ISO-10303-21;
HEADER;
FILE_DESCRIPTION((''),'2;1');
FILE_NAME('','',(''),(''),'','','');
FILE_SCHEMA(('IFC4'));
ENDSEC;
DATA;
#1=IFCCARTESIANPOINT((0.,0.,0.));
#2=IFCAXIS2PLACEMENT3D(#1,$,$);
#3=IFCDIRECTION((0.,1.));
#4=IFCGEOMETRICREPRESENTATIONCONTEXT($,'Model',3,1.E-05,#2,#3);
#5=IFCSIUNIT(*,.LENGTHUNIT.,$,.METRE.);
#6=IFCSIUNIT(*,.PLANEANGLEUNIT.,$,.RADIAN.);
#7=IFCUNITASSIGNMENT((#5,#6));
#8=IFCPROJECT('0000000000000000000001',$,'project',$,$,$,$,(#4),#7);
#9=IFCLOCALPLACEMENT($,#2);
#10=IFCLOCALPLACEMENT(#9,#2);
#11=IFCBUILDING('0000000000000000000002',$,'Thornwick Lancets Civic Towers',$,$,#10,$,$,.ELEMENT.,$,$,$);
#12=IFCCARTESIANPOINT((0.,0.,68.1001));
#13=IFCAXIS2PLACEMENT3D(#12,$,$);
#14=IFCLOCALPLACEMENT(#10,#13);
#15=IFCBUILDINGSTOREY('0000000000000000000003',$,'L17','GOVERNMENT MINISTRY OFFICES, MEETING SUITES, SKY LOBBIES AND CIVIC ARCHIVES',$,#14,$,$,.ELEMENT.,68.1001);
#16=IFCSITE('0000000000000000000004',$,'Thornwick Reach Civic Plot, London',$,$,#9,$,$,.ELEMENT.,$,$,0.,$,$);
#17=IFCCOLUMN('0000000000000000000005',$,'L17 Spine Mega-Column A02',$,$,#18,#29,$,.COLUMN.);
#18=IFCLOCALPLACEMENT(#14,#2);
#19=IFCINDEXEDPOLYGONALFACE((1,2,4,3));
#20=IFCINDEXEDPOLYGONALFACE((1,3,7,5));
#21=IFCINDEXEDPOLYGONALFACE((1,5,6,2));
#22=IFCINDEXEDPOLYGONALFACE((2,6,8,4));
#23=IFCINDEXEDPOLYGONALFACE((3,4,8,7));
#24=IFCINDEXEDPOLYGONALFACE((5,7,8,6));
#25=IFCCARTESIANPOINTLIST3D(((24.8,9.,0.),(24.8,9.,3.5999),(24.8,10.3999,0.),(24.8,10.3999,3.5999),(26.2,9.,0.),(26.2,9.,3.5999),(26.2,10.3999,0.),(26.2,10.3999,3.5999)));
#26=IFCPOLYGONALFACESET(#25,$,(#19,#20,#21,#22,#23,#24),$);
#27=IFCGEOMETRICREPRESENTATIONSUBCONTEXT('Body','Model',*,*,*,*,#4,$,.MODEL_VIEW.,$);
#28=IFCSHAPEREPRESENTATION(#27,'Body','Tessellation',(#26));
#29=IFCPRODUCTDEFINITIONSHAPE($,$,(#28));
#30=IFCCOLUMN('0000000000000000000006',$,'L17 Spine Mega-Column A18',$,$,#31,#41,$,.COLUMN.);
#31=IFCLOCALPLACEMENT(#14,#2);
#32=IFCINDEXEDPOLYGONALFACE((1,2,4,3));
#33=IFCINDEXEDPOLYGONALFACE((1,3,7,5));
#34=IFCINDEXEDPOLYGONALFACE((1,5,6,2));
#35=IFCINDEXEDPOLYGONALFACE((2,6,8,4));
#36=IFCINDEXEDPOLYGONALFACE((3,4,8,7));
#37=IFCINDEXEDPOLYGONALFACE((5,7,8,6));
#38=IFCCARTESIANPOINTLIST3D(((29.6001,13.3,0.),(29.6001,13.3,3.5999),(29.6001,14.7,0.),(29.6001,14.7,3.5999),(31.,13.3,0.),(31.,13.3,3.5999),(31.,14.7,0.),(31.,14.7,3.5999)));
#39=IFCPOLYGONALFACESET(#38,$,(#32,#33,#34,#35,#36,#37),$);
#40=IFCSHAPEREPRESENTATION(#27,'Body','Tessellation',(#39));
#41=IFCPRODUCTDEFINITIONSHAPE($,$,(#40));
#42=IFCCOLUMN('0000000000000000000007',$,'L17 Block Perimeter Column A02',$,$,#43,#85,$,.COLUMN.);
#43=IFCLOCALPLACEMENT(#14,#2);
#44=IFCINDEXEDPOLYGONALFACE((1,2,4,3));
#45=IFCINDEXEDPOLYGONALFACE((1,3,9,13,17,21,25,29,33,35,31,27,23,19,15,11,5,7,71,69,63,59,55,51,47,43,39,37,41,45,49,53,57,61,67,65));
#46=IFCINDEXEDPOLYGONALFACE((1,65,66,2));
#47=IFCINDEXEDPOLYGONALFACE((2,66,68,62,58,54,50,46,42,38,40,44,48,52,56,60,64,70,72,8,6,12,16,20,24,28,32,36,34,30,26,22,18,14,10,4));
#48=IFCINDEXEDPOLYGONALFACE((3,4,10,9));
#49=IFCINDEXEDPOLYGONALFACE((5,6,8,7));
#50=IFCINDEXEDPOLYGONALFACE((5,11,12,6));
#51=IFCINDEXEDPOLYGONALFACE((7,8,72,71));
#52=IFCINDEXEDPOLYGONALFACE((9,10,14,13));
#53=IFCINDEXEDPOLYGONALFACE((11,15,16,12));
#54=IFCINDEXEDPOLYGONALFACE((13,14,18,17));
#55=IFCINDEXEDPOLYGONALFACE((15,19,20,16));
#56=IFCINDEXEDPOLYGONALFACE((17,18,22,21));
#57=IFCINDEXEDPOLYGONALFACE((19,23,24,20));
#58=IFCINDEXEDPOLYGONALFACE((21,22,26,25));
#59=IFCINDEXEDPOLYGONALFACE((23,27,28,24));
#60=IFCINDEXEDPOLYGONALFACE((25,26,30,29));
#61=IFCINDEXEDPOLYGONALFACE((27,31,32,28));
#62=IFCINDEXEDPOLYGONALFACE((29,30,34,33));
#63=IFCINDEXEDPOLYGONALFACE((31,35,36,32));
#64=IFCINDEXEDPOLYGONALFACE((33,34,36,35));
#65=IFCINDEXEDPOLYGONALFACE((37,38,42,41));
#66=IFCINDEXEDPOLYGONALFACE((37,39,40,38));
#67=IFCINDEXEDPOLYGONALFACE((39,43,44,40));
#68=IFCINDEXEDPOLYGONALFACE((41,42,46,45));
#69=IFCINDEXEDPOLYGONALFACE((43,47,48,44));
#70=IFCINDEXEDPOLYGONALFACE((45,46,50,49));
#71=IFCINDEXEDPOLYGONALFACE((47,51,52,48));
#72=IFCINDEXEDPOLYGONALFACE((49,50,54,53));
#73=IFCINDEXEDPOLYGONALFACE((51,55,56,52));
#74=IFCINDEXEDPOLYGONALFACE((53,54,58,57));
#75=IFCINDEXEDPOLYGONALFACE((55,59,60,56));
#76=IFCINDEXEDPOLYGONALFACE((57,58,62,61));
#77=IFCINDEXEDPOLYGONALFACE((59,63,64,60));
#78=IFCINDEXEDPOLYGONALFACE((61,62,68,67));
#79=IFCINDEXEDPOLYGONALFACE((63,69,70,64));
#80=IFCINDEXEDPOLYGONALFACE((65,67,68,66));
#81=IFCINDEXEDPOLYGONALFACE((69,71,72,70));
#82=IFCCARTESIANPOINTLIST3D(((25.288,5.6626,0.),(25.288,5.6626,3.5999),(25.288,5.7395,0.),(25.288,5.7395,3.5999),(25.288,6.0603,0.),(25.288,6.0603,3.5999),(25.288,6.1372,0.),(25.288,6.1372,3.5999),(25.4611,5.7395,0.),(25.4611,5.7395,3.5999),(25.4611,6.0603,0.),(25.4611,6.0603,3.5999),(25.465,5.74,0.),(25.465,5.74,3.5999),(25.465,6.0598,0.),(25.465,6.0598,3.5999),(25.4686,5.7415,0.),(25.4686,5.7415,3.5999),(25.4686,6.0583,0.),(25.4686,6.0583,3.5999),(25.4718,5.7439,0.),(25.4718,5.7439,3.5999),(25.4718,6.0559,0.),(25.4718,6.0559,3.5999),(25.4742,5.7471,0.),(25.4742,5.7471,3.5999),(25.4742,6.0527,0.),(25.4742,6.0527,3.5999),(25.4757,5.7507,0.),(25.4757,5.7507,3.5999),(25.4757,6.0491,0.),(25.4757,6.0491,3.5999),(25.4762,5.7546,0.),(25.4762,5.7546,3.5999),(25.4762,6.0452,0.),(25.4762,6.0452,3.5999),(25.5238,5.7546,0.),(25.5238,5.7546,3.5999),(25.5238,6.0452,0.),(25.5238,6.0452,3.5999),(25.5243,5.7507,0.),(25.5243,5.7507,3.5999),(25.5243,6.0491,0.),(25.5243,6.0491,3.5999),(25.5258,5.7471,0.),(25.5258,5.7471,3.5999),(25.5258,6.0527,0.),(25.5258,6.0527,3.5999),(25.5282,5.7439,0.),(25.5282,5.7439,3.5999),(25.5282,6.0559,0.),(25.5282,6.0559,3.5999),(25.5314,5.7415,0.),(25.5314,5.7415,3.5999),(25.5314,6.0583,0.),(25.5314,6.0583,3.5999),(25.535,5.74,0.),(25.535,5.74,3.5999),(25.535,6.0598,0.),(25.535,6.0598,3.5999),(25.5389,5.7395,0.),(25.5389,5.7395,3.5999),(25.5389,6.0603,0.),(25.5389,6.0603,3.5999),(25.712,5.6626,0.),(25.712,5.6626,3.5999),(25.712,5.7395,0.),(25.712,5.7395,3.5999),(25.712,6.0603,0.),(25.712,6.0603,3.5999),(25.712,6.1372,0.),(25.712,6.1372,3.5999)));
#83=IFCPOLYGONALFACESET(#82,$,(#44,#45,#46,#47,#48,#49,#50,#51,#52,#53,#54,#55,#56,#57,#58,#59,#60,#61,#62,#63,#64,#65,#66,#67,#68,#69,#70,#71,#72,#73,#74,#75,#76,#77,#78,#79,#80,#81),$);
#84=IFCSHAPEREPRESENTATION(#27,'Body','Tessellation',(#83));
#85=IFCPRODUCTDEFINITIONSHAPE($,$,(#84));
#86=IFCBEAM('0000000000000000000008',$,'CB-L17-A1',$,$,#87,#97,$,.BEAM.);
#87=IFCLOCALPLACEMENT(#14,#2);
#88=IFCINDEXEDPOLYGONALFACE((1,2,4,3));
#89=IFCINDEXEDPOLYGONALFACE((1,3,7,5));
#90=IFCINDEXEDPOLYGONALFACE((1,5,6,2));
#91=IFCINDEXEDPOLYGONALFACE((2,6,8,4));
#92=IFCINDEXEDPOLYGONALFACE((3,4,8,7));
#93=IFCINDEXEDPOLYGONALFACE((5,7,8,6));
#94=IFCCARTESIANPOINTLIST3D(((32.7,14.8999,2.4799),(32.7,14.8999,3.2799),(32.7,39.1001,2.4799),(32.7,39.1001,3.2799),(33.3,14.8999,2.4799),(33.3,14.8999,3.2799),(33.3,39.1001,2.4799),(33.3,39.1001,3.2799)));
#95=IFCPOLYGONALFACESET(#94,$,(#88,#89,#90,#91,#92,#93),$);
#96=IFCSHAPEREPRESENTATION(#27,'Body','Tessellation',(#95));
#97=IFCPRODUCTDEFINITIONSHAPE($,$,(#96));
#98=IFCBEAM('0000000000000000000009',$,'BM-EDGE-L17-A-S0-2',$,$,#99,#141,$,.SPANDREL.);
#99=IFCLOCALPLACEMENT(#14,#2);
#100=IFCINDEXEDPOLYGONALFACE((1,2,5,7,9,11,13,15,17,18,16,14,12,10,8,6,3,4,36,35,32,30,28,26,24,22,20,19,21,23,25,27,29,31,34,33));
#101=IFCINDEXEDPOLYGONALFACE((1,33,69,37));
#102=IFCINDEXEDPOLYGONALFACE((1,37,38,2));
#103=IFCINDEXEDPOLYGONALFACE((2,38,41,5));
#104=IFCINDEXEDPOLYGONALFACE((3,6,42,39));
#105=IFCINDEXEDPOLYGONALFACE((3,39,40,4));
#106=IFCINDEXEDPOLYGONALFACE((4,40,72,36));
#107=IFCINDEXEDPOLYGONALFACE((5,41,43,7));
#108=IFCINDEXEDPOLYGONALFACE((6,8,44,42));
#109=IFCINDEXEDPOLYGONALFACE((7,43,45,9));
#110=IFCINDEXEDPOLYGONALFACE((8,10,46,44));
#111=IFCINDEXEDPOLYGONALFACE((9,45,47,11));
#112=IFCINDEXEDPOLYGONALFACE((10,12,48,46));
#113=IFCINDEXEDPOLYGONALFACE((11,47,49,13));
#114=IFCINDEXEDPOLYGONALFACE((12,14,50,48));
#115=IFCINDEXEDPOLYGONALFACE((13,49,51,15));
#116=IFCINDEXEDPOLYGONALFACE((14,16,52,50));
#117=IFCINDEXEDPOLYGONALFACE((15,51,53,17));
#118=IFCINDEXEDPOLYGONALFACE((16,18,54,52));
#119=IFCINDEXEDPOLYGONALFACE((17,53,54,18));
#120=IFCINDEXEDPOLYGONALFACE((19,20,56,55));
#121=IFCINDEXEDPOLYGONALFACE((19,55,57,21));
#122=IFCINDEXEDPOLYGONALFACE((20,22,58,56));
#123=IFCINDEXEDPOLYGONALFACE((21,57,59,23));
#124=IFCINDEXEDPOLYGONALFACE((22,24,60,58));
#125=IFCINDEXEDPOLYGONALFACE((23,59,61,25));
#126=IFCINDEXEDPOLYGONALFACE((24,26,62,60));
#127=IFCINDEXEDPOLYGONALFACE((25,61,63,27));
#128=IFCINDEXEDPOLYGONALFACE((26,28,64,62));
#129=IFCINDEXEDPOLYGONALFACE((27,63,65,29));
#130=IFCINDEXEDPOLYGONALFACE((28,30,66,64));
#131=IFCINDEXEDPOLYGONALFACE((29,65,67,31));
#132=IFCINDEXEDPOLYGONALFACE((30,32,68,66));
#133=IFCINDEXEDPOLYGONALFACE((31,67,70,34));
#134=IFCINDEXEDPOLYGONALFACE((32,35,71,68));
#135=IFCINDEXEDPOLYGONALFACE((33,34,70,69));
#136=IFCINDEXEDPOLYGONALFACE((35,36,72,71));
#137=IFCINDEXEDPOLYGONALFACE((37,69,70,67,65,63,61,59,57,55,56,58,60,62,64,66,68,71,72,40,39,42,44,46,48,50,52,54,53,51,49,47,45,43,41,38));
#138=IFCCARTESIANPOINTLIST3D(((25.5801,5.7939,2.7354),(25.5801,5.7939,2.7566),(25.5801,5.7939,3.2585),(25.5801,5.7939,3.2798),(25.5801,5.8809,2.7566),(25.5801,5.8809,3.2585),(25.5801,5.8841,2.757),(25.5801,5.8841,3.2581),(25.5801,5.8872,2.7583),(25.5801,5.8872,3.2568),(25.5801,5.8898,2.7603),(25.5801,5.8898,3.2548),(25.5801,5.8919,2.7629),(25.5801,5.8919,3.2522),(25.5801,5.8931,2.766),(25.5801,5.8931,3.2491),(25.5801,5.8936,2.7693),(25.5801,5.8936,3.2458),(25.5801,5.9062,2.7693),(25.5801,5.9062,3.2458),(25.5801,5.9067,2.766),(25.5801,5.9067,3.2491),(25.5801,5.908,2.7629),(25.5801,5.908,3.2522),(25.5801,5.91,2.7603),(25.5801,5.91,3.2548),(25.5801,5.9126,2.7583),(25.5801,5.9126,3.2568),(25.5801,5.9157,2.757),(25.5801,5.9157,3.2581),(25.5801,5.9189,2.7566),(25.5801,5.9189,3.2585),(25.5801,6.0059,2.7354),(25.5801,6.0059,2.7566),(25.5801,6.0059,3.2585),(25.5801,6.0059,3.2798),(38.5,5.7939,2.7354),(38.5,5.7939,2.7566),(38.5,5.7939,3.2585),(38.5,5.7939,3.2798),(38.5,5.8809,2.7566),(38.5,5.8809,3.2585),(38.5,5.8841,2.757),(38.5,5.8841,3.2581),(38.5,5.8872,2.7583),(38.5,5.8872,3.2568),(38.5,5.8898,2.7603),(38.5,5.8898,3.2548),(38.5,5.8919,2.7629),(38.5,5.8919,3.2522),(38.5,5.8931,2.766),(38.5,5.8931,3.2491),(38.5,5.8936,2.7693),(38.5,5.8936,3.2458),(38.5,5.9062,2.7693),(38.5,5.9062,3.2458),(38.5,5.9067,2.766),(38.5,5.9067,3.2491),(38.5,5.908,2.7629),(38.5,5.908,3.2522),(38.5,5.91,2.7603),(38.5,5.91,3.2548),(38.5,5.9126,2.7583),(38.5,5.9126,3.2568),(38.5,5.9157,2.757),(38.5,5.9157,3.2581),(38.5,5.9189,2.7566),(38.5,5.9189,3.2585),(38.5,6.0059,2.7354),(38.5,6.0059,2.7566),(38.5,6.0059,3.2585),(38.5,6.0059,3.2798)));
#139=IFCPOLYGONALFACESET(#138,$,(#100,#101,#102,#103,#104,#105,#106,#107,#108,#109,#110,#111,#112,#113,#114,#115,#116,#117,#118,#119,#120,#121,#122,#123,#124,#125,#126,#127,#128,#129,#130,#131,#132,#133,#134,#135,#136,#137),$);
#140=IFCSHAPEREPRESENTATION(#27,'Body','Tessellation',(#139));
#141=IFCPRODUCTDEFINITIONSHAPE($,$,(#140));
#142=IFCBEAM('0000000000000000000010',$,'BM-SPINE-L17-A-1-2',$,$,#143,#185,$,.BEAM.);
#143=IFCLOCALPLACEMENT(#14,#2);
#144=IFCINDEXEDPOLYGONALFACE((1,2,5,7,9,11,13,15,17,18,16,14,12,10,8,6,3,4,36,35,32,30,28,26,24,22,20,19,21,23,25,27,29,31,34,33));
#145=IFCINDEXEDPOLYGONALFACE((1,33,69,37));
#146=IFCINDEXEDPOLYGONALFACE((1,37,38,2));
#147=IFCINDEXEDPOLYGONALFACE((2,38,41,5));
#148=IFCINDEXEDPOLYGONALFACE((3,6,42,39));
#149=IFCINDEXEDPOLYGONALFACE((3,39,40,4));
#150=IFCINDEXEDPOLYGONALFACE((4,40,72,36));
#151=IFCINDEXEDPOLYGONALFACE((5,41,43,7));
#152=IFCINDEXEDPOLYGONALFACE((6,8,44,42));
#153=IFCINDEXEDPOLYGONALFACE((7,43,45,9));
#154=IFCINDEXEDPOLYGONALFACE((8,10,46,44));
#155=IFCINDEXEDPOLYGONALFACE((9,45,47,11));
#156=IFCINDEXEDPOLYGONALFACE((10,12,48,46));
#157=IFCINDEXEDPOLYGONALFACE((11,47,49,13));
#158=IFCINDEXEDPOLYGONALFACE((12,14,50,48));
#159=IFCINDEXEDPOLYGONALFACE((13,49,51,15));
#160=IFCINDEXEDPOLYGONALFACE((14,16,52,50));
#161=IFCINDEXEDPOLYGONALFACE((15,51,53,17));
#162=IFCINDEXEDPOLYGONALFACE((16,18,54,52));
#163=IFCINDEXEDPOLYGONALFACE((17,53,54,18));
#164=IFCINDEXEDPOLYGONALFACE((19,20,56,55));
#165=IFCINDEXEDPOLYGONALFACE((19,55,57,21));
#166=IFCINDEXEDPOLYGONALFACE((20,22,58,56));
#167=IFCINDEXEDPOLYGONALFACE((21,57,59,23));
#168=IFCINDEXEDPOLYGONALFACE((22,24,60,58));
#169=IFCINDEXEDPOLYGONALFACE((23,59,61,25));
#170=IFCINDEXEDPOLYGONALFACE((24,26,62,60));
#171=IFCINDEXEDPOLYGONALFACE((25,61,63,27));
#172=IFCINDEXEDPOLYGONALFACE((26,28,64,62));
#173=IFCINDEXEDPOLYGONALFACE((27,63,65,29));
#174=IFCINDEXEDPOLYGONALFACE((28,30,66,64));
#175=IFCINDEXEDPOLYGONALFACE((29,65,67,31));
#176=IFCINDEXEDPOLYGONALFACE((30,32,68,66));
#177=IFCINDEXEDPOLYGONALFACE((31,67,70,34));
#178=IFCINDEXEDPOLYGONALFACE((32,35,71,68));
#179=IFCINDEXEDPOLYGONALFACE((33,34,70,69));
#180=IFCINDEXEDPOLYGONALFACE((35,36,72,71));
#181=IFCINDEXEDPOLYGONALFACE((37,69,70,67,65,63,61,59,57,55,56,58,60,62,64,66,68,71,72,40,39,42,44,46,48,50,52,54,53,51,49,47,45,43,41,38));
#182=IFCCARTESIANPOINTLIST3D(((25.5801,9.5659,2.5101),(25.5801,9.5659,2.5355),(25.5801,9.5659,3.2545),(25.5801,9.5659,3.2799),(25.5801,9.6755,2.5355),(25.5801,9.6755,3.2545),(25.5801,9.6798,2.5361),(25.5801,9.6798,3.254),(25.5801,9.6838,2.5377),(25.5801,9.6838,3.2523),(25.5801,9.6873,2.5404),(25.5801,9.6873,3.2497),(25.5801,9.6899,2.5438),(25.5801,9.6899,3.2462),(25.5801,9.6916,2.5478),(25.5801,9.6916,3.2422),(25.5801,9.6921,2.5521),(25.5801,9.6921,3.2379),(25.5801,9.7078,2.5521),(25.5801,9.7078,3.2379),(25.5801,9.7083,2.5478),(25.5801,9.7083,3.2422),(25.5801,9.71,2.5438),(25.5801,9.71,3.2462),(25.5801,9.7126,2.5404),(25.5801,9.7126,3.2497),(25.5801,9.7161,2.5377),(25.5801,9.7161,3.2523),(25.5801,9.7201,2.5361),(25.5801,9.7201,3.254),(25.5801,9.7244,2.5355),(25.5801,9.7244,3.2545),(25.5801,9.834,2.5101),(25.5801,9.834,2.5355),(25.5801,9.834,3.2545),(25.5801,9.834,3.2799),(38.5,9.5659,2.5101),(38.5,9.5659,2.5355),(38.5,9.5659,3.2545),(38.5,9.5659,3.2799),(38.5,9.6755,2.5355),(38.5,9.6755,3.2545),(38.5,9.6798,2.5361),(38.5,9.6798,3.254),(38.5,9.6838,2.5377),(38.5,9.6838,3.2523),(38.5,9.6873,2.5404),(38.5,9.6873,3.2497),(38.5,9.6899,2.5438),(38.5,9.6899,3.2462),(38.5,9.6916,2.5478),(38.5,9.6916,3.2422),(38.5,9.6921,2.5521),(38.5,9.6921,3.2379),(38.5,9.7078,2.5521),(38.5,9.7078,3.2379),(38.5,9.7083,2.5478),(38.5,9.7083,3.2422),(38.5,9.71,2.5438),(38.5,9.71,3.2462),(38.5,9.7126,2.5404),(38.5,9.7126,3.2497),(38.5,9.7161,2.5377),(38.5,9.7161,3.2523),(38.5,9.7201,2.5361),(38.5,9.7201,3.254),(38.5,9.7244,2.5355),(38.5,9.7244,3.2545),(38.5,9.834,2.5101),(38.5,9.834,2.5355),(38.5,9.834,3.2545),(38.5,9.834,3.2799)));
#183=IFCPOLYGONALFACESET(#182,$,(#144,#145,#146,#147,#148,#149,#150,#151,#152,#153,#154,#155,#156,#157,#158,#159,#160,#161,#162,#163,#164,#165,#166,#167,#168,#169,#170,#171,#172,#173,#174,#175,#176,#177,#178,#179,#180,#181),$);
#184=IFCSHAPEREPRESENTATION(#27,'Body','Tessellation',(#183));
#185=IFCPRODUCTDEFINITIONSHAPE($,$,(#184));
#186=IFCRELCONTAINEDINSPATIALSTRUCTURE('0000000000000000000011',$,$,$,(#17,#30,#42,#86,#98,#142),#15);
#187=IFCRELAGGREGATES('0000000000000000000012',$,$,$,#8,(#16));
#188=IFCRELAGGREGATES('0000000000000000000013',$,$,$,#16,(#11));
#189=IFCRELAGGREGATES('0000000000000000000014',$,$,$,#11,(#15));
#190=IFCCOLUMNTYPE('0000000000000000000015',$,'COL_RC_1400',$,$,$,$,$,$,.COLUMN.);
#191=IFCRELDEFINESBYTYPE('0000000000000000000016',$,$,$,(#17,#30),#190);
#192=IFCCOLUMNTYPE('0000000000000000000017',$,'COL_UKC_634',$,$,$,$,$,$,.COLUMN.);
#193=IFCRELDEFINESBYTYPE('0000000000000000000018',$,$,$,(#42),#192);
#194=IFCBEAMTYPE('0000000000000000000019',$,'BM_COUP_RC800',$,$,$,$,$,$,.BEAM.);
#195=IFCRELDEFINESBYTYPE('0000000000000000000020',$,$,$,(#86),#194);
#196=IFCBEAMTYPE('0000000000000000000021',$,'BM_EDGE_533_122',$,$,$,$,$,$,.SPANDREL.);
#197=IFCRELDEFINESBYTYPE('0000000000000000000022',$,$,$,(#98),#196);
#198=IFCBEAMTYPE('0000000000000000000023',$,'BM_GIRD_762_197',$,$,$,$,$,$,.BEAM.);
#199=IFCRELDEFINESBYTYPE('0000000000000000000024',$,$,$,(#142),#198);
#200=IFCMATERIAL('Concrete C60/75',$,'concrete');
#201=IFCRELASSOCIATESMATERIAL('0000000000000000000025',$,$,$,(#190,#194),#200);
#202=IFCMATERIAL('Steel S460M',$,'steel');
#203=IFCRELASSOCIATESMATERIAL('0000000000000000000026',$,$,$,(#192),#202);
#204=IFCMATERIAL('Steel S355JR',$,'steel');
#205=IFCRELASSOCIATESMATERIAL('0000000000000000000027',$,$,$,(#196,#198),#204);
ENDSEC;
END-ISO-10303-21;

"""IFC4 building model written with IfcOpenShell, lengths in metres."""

from ifc_helpers import new_model, si_unit, direction, frame, origin, origin_2d, place, context, subcontext, project, spatial, rectangle, i_section, extrude, material, material_profile, profile_set, type_object, element, save


model = new_model("IFC4")

# Units and contexts
model_context = context("Model", 3, precision=1e-05, world=origin(), true_north=direction((0.0, 1.0)))
body_context = subcontext(model_context, "Body", "Model", "MODEL_VIEW")
ifc_project = project(units=[si_unit("LENGTHUNIT", "METRE"), si_unit("PLANEANGLEUNIT", "RADIAN")], contexts=[model_context])

# Site, building, storey
site_placement = place(None, origin())
site = spatial("IfcSite", under=ifc_project, at=site_placement, Name="Thornwick Reach Civic Plot, London", CompositionType="ELEMENT", RefElevation=0.0)
building_placement = place(site_placement, origin())
building = spatial("IfcBuilding", under=site, at=building_placement, Name="Thornwick Lancets Civic Towers", CompositionType="ELEMENT")
storey_placement = place(building_placement, frame((0.0, 0.0, 68.1001)))
storey = spatial("IfcBuildingStorey", under=building, at=storey_placement, Name="L17", Description="GOVERNMENT MINISTRY OFFICES, MEETING SUITES, SKY LOBBIES AND CIVIC ARCHIVES", CompositionType="ELEMENT", Elevation=68.1001)

# Columns
ifc_material_1 = material(Name="Concrete C60/75", Category="concrete")
ifc_material_profile_1 = material_profile(ifc_material_1, rectangle(XDim=1.3999, YDim=1.3999, at=origin_2d()), Name="RC 1400x1400")
ifc_profile_set_1 = profile_set([ifc_material_profile_1], Name="Concrete C60/75")
column_type_1 = type_object("IfcColumnType", Name="COL_RC_1400", PredefinedType="COLUMN", material=ifc_profile_set_1)
for number, where, z_axis, x_axis, name in (
    (1, (25.5, 9.7, 0.0), (0.0, 0.0, 1.0), (1.0, 0.0, 0.0), "L17 Spine Mega-Column A02"),
    (2, (30.3, 14.0, 0.0), (0.0, 0.0, 1.0), (1.0, 0.0, 0.0), "L17 Spine Mega-Column A18"),
):
    element("IfcColumn", number, at=place(storey_placement, frame(where, z_axis=z_axis, x_axis=x_axis)), inside=storey, type_object=column_type_1, Name=name, PredefinedType="COLUMN", context=body_context, shape_type="SweptSolid", body=[
        extrude(rectangle(XDim=1.3999, YDim=1.3999, at=origin_2d()), origin(), (0.0, 0.0, 1.0), 3.5999),
    ])
ifc_material_2 = material(Name="Steel S460M", Category="steel")
ifc_material_profile_2 = material_profile(ifc_material_2, i_section(OverallWidth=0.4241, OverallDepth=0.4746, WebThickness=0.0476, FlangeThickness=0.0769, FilletRadius=0.0151, at=origin_2d()), Name="UKC 356x406x634")
ifc_profile_set_2 = profile_set([ifc_material_profile_2], Name="Steel S460M")
column_type_2 = type_object("IfcColumnType", Name="COL_UKC_634", PredefinedType="COLUMN", material=ifc_profile_set_2)
column_placement = place(storey_placement, frame((25.5, 5.8999, 0.0), z_axis=(0.0, 0.0, 1.0), x_axis=(1.0, 0.0, 0.0)))
element("IfcColumn", 3, at=column_placement, inside=storey, type_object=column_type_2, Name="L17 Block Perimeter Column A02", PredefinedType="COLUMN", context=body_context, shape_type="SweptSolid", body=[
    extrude(i_section(OverallWidth=0.4241, OverallDepth=0.4746, WebThickness=0.0476, FlangeThickness=0.0769, FilletRadius=0.0151, at=origin_2d()), origin(), (0.0, 0.0, 1.0), 3.5999),
])

# Beams
ifc_material_profile_3 = material_profile(ifc_material_1, rectangle(XDim=0.6001, YDim=0.8, at=origin_2d()), Name="RC 600x800")
ifc_profile_set_3 = profile_set([ifc_material_profile_3], Name="Concrete C60/75")
beam_type_1 = type_object("IfcBeamType", Name="BM_COUP_RC800", PredefinedType="BEAM", material=ifc_profile_set_3)
beam_1_placement = place(storey_placement, frame((33.0, 14.8999, 2.8799), z_axis=(0.0, 1.0, 0.0), x_axis=(-1.0, 0.0, 0.0)))
element("IfcBeam", 4, at=beam_1_placement, inside=storey, type_object=beam_type_1, Name="CB-L17-A1", PredefinedType="BEAM", context=body_context, shape_type="SweptSolid", body=[
    extrude(rectangle(XDim=0.6001, YDim=0.8, at=origin_2d()), origin(), (0.0, 0.0, 1.0), 24.2002),
])
ifc_material_3 = material(Name="Steel S355JR", Category="steel")
ifc_material_profile_4 = material_profile(ifc_material_3, i_section(OverallWidth=0.2119, OverallDepth=0.5444, WebThickness=0.0127, FlangeThickness=0.0212, FilletRadius=0.0127, at=origin_2d()), Name="UKB 533x210x122")
ifc_profile_set_4 = profile_set([ifc_material_profile_4], Name="Steel S355JR")
beam_type_2 = type_object("IfcBeamType", Name="BM_EDGE_533_122", PredefinedType="SPANDREL", material=ifc_profile_set_4)
beam_2_placement = place(storey_placement, frame((25.5801, 5.8999, 3.0076), z_axis=(1.0, 0.0, 0.0), x_axis=(0.0, 1.0, 0.0)))
element("IfcBeam", 5, at=beam_2_placement, inside=storey, type_object=beam_type_2, Name="BM-EDGE-L17-A-S0-2", PredefinedType="SPANDREL", context=body_context, shape_type="SweptSolid", body=[
    extrude(i_section(OverallWidth=0.2119, OverallDepth=0.5444, WebThickness=0.0127, FlangeThickness=0.0212, FilletRadius=0.0127, at=origin_2d()), origin(), (0.0, 0.0, 1.0), 12.9199),
])
ifc_material_profile_5 = material_profile(ifc_material_3, i_section(OverallWidth=0.2681, OverallDepth=0.7698, WebThickness=0.0156, FlangeThickness=0.0254, FilletRadius=0.0166, at=origin_2d()), Name="UKB 762x267x197")
ifc_profile_set_5 = profile_set([ifc_material_profile_5], Name="Steel S355JR")
beam_type_3 = type_object("IfcBeamType", Name="BM_GIRD_762_197", PredefinedType="BEAM", material=ifc_profile_set_5)
beam_3_placement = place(storey_placement, frame((25.5801, 9.7, 2.895), z_axis=(1.0, 0.0, 0.0), x_axis=(0.0, 1.0, 0.0)))
element("IfcBeam", 6, at=beam_3_placement, inside=storey, type_object=beam_type_3, Name="BM-SPINE-L17-A-1-2", PredefinedType="BEAM", context=body_context, shape_type="SweptSolid", body=[
    extrude(i_section(OverallWidth=0.2681, OverallDepth=0.7698, WebThickness=0.0156, FlangeThickness=0.0254, FilletRadius=0.0166, at=origin_2d()), origin(), (0.0, 0.0, 1.0), 12.9199),
])

save(model, "model.ifc")
